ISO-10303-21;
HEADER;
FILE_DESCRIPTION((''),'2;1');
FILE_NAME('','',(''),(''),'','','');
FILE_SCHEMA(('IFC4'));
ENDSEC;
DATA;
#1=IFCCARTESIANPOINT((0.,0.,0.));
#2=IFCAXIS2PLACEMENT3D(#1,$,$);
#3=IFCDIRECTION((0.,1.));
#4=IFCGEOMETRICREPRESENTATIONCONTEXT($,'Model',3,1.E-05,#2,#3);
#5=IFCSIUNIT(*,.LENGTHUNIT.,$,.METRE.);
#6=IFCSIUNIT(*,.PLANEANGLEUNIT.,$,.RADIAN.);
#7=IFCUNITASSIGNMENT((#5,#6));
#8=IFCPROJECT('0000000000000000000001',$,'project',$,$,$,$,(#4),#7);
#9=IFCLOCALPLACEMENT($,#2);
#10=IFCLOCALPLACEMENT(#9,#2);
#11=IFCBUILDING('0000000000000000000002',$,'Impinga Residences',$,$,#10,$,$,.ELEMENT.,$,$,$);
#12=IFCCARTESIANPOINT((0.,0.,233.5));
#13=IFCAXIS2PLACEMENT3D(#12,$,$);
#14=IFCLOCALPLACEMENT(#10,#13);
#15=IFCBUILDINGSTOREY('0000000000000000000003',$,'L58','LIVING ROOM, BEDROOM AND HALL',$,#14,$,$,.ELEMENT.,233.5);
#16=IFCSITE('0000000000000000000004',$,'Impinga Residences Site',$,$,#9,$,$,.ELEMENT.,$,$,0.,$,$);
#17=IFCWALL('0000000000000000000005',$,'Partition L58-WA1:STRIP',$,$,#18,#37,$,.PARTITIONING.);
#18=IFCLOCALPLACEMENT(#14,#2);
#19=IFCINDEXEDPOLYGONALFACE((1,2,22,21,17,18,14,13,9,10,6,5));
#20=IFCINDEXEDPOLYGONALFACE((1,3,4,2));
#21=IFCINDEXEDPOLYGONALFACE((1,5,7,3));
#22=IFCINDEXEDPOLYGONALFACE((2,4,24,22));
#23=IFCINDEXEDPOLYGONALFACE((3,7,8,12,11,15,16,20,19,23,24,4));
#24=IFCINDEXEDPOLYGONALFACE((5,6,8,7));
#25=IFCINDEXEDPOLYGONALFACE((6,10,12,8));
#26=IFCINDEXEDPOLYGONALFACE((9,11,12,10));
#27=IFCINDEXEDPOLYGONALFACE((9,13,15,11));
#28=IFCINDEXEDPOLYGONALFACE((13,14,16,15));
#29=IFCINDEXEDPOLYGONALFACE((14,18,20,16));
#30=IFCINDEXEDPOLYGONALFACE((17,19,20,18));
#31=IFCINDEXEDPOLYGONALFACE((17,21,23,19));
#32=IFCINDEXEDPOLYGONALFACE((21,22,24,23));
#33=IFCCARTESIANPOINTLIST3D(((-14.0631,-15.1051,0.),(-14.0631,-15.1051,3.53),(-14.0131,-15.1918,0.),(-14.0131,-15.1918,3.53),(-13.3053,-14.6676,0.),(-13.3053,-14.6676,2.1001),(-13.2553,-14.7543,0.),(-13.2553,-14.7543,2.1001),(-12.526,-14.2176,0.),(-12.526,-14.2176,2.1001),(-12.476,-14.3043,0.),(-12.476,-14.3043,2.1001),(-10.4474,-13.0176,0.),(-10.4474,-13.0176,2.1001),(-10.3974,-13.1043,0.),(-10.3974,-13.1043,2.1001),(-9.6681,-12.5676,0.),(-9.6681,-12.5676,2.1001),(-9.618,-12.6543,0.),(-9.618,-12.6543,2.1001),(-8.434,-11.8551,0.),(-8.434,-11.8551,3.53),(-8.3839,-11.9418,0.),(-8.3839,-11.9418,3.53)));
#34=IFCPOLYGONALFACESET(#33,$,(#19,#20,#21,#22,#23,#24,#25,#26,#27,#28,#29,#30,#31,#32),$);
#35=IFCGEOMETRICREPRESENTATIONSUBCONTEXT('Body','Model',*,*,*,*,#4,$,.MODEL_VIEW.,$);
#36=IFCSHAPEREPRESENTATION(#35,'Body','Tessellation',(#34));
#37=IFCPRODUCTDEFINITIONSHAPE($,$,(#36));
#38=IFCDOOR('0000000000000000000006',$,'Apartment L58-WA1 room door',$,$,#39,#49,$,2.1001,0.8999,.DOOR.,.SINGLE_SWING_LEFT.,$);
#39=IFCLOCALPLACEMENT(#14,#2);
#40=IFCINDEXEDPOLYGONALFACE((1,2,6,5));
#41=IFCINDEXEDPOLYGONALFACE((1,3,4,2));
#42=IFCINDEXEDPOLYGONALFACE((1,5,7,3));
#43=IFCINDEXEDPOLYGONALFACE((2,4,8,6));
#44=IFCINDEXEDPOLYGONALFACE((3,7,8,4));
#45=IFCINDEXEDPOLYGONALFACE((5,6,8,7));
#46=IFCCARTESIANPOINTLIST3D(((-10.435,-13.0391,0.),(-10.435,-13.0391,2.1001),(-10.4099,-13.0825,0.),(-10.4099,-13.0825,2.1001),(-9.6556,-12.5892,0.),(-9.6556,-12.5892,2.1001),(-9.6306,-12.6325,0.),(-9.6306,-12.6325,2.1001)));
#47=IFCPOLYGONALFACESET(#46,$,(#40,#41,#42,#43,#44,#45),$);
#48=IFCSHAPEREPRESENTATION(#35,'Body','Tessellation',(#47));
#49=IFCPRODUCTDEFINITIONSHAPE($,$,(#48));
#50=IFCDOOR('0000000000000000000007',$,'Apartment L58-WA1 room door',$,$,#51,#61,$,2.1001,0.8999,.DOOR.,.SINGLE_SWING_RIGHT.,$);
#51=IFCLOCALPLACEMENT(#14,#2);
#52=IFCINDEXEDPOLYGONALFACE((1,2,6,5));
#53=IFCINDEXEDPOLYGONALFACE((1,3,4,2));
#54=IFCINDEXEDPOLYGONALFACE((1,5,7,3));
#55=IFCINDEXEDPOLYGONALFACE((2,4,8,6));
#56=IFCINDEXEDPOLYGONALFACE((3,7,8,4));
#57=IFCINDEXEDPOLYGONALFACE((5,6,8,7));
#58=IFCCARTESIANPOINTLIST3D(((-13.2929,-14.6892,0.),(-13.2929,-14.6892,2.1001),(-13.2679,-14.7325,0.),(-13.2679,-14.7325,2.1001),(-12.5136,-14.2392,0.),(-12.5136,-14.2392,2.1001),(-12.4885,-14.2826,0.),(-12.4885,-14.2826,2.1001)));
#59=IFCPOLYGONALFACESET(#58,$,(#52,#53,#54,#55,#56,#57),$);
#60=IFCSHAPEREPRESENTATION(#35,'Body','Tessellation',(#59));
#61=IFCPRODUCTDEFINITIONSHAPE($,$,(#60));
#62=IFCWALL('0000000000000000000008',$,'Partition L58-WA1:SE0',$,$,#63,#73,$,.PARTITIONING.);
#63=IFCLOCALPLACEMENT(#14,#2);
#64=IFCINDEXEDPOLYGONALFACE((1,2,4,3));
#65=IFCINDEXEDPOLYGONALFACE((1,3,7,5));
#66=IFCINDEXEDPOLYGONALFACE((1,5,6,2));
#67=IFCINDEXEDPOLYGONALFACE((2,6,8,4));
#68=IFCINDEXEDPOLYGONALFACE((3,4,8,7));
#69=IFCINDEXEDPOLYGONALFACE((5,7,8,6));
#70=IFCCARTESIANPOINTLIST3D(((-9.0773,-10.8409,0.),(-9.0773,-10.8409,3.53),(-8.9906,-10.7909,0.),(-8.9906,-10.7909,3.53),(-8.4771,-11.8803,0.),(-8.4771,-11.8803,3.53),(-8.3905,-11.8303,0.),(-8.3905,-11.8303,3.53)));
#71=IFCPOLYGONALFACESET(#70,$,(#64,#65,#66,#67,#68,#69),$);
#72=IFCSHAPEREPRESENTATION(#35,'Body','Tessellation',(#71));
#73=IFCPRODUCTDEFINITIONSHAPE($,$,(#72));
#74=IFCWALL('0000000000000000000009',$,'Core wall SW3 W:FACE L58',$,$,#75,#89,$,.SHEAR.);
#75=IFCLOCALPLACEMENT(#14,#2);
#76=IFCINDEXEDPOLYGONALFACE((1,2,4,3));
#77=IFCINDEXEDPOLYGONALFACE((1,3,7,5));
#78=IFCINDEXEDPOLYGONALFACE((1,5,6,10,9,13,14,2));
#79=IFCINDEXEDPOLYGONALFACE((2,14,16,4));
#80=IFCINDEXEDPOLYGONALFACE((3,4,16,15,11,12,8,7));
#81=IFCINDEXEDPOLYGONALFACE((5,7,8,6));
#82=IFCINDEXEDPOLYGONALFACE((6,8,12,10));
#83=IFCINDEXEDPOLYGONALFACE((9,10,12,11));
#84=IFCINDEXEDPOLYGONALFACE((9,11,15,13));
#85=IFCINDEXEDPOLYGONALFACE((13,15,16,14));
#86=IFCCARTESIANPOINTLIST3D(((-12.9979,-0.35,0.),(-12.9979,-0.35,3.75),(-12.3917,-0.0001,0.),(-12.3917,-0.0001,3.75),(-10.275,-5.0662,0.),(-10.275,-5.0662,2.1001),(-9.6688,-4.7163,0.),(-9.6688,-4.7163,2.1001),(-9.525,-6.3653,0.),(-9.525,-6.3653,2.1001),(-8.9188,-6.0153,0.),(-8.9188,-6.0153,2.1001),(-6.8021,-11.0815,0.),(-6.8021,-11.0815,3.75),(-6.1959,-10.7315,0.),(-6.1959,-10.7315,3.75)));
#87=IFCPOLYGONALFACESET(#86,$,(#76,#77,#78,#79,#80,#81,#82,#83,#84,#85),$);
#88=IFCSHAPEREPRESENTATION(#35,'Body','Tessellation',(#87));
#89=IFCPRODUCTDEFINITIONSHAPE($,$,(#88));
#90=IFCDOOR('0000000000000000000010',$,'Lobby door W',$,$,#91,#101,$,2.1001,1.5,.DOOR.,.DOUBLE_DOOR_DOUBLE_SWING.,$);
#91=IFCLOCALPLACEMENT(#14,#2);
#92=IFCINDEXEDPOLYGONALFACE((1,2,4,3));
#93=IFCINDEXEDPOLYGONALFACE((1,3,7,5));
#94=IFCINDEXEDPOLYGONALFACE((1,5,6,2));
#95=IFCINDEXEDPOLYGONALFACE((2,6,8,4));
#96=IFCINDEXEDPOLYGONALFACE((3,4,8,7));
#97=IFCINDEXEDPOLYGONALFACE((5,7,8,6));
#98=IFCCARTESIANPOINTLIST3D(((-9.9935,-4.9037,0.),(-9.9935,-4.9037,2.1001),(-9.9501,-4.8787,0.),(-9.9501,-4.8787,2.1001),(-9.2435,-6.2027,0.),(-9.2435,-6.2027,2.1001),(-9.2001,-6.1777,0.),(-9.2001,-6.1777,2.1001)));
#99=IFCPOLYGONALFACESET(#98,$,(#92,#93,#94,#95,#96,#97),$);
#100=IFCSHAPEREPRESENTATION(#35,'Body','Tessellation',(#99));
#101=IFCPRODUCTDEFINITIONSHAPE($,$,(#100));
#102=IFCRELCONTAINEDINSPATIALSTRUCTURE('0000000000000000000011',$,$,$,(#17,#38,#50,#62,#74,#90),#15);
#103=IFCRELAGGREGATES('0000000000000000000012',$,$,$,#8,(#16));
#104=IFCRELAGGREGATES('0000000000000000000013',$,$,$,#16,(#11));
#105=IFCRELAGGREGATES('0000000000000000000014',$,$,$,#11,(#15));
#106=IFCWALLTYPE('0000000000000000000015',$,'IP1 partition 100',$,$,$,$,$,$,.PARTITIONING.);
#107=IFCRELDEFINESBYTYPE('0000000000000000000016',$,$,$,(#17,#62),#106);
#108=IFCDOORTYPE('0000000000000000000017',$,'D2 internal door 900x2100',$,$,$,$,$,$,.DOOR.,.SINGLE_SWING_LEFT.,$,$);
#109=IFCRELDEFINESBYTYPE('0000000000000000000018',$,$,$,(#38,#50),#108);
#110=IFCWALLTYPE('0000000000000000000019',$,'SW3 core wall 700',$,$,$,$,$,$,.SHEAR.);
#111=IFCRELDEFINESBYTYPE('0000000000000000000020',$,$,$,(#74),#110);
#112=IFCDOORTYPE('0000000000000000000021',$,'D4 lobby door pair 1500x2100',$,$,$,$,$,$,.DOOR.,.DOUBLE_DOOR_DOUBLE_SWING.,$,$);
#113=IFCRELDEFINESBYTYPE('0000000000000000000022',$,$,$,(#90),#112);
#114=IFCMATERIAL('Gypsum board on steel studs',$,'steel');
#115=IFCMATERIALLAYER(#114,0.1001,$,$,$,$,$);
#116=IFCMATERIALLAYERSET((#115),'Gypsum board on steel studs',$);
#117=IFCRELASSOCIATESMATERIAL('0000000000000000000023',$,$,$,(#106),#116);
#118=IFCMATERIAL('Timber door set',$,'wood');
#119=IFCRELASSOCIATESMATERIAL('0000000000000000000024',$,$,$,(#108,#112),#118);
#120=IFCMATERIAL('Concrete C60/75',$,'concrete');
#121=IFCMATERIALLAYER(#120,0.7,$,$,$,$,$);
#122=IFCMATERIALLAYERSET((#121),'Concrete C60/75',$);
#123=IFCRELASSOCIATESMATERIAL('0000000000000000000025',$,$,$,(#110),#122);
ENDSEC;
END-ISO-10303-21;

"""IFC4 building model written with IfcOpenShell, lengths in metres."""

from ifc_helpers import new_model, si_unit, direction, frame, frame_2d, origin, place, context, subcontext, project, spatial, rectangle, extrude, material, layer, layer_set, type_object, element, fill, save


model = new_model("IFC4")

# Units and contexts
model_context = context("Model", 3, precision=1e-05, world=origin(), true_north=direction((0.0, 1.0)))
body_context = subcontext(model_context, "Body", "Model", "MODEL_VIEW")
ifc_project = project(units=[si_unit("LENGTHUNIT", "METRE"), si_unit("PLANEANGLEUNIT", "RADIAN")], contexts=[model_context])

# Site, building, storey
site_placement = place(None, origin())
site = spatial("IfcSite", under=ifc_project, at=site_placement, Name="Impinga Residences Site", CompositionType="ELEMENT", RefElevation=0.0)
building_placement = place(site_placement, origin())
building = spatial("IfcBuilding", under=site, at=building_placement, Name="Impinga Residences", CompositionType="ELEMENT")
storey_placement = place(building_placement, frame((0.0, 0.0, 233.5)))
storey = spatial("IfcBuildingStorey", under=building, at=storey_placement, Name="L58", Description="LIVING ROOM, BEDROOM AND HALL", CompositionType="ELEMENT", Elevation=233.5)

# Shared definitions
ifc_material_1 = material(Name="Concrete C60/75", Category="concrete")

# Shared definitions
ifc_material_2 = material(Name="Gypsum board on steel studs", Category="steel")
ifc_layer_1 = layer(ifc_material_2, 0.1001)
ifc_layer_set_1 = layer_set([ifc_layer_1], Name="Gypsum board on steel studs")
wall_type_1 = type_object("IfcWallType", Name="IP1 partition 100", PredefinedType="PARTITIONING", material=ifc_layer_set_1)

# Wall, openings, doors
wall_1_placement = place(storey_placement, frame((-8.4089, -11.8984, 0.0), z_axis=(0.0, 0.0, 1.0), x_axis=(-0.866025, -0.500001, 0.0)))
wall_1 = element("IfcWall", 1, at=wall_1_placement, inside=storey, type_object=wall_type_1, Name="Partition L58-WA1:STRIP", PredefinedType="PARTITIONING", context=body_context, shape_type="SweptSolid", body=[
    extrude(rectangle(XDim=6.5, YDim=0.1001, at=frame_2d((3.25, 0.0))), origin(), (0.0, 0.0, 1.0), 3.53),
])
opening_1_placement = place(wall_1_placement, frame((1.425, 0.0, 0.0)))
opening_1 = element("IfcOpeningElement", 2, at=opening_1_placement, cuts=wall_1, PredefinedType="OPENING", context=body_context, shape_type="SweptSolid", body=[
    extrude(rectangle(XDim=0.8999, YDim=2.1001, at=frame_2d((0.45, 1.05))), frame((0.0, 0.0601, 0.0), z_axis=(0.0, -1.0, 0.0), x_axis=(1.0, 0.0, 0.0)), (0.0, 0.0, 1.0), 0.1201),
])
opening_2_placement = place(wall_1_placement, frame((4.7251, 0.0, 0.0)))
opening_2 = element("IfcOpeningElement", 3, at=opening_2_placement, cuts=wall_1, PredefinedType="OPENING", context=body_context, shape_type="SweptSolid", body=[
    extrude(rectangle(XDim=0.8999, YDim=2.1001, at=frame_2d((0.45, 1.05))), frame((0.0, 0.0601, 0.0), z_axis=(0.0, -1.0, 0.0), x_axis=(1.0, 0.0, 0.0)), (0.0, 0.0, 1.0), 0.1201),
])
ifc_material_3 = material(Name="Timber door set", Category="wood")
door_type_1 = type_object("IfcDoorType", Name="D2 internal door 900x2100", OperationType="SINGLE_SWING_LEFT", PredefinedType="DOOR", material=ifc_material_3)
door_1_placement = place(opening_1_placement, origin())
door_1 = element("IfcDoor", 4, at=door_1_placement, inside=storey, type_object=door_type_1, Name="Apartment L58-WA1 room door", OperationType="SINGLE_SWING_LEFT", OverallHeight=2.1001, OverallWidth=0.8999, PredefinedType="DOOR", context=body_context, shape_type="SweptSolid", body=[
    extrude(rectangle(XDim=0.8999, YDim=2.1001, at=frame_2d((0.45, 1.05))), frame((0.0, 0.0249, 0.0), z_axis=(0.0, -1.0, 0.0), x_axis=(1.0, 0.0, 0.0)), (0.0, 0.0, 1.0), 0.05),
])
fill(opening_1, door_1)
door_2_placement = place(opening_2_placement, origin())
door_2 = element("IfcDoor", 5, at=door_2_placement, inside=storey, type_object=door_type_1, Name="Apartment L58-WA1 room door", OperationType="SINGLE_SWING_RIGHT", OverallHeight=2.1001, OverallWidth=0.8999, PredefinedType="DOOR", context=body_context, shape_type="SweptSolid", body=[
    extrude(rectangle(XDim=0.8999, YDim=2.1001, at=frame_2d((0.45, 1.05))), frame((0.0, 0.0249, 0.0), z_axis=(0.0, -1.0, 0.0), x_axis=(1.0, 0.0, 0.0)), (0.0, 0.0, 1.0), 0.05),
])
fill(opening_2, door_2)

# Wall
wall_2_placement = place(storey_placement, frame((-9.0339, -10.8159, 0.0), z_axis=(0.0, 0.0, 1.0), x_axis=(0.500034, -0.866006, 0.0)))
element("IfcWall", 6, at=wall_2_placement, inside=storey, type_object=wall_type_1, Name="Partition L58-WA1:SE0", PredefinedType="PARTITIONING", context=body_context, shape_type="SweptSolid", body=[
    extrude(rectangle(XDim=1.2002, YDim=0.1001, at=frame_2d((0.6001, 0.0))), origin(), (0.0, 0.0, 1.0), 3.53),
])

# Wall, opening, door
ifc_layer_2 = layer(ifc_material_1, 0.7)
ifc_layer_set_2 = layer_set([ifc_layer_2], Name="Concrete C60/75")
wall_type_2 = type_object("IfcWallType", Name="SW3 core wall 700", PredefinedType="SHEAR", material=ifc_layer_set_2)
wall_3_placement = place(storey_placement, frame((-6.499, -10.9065, 0.0), z_axis=(0.0, 0.0, 1.0), x_axis=(-0.5, 0.866025, 0.0)))
wall_3 = element("IfcWall", 7, at=wall_3_placement, inside=storey, type_object=wall_type_2, Name="Core wall SW3 W:FACE L58", PredefinedType="SHEAR", context=body_context, shape_type="SweptSolid", body=[
    extrude(rectangle(XDim=12.3916, YDim=0.7, at=frame_2d((6.1958, 0.0))), origin(), (0.0, 0.0, 1.0), 3.75),
])
opening_3_placement = place(wall_3_placement, frame((5.4458, 0.0, 0.0)))
opening_3 = element("IfcOpeningElement", 8, at=opening_3_placement, cuts=wall_3, PredefinedType="OPENING", context=body_context, shape_type="SweptSolid", body=[
    extrude(rectangle(XDim=1.5, YDim=2.1001, at=frame_2d((0.75, 1.05))), frame((0.0, 0.3599, 0.0), z_axis=(0.0, -1.0, 0.0), x_axis=(1.0, 0.0, 0.0)), (0.0, 0.0, 1.0), 0.72),
])
door_type_2 = type_object("IfcDoorType", Name="D4 lobby door pair 1500x2100", OperationType="DOUBLE_DOOR_DOUBLE_SWING", PredefinedType="DOOR", material=ifc_material_3)
door_3_placement = place(opening_3_placement, origin())
door_3 = element("IfcDoor", 9, at=door_3_placement, inside=storey, type_object=door_type_2, Name="Lobby door W", OperationType="DOUBLE_DOOR_DOUBLE_SWING", OverallHeight=2.1001, OverallWidth=1.5, PredefinedType="DOOR", context=body_context, shape_type="SweptSolid", body=[
    extrude(rectangle(XDim=1.5, YDim=2.1001, at=frame_2d((0.75, 1.05))), frame((0.0, 0.0249, 0.0), z_axis=(0.0, -1.0, 0.0), x_axis=(1.0, 0.0, 0.0)), (0.0, 0.0, 1.0), 0.05),
])
fill(opening_3, door_3)

save(model, "model.ifc")
